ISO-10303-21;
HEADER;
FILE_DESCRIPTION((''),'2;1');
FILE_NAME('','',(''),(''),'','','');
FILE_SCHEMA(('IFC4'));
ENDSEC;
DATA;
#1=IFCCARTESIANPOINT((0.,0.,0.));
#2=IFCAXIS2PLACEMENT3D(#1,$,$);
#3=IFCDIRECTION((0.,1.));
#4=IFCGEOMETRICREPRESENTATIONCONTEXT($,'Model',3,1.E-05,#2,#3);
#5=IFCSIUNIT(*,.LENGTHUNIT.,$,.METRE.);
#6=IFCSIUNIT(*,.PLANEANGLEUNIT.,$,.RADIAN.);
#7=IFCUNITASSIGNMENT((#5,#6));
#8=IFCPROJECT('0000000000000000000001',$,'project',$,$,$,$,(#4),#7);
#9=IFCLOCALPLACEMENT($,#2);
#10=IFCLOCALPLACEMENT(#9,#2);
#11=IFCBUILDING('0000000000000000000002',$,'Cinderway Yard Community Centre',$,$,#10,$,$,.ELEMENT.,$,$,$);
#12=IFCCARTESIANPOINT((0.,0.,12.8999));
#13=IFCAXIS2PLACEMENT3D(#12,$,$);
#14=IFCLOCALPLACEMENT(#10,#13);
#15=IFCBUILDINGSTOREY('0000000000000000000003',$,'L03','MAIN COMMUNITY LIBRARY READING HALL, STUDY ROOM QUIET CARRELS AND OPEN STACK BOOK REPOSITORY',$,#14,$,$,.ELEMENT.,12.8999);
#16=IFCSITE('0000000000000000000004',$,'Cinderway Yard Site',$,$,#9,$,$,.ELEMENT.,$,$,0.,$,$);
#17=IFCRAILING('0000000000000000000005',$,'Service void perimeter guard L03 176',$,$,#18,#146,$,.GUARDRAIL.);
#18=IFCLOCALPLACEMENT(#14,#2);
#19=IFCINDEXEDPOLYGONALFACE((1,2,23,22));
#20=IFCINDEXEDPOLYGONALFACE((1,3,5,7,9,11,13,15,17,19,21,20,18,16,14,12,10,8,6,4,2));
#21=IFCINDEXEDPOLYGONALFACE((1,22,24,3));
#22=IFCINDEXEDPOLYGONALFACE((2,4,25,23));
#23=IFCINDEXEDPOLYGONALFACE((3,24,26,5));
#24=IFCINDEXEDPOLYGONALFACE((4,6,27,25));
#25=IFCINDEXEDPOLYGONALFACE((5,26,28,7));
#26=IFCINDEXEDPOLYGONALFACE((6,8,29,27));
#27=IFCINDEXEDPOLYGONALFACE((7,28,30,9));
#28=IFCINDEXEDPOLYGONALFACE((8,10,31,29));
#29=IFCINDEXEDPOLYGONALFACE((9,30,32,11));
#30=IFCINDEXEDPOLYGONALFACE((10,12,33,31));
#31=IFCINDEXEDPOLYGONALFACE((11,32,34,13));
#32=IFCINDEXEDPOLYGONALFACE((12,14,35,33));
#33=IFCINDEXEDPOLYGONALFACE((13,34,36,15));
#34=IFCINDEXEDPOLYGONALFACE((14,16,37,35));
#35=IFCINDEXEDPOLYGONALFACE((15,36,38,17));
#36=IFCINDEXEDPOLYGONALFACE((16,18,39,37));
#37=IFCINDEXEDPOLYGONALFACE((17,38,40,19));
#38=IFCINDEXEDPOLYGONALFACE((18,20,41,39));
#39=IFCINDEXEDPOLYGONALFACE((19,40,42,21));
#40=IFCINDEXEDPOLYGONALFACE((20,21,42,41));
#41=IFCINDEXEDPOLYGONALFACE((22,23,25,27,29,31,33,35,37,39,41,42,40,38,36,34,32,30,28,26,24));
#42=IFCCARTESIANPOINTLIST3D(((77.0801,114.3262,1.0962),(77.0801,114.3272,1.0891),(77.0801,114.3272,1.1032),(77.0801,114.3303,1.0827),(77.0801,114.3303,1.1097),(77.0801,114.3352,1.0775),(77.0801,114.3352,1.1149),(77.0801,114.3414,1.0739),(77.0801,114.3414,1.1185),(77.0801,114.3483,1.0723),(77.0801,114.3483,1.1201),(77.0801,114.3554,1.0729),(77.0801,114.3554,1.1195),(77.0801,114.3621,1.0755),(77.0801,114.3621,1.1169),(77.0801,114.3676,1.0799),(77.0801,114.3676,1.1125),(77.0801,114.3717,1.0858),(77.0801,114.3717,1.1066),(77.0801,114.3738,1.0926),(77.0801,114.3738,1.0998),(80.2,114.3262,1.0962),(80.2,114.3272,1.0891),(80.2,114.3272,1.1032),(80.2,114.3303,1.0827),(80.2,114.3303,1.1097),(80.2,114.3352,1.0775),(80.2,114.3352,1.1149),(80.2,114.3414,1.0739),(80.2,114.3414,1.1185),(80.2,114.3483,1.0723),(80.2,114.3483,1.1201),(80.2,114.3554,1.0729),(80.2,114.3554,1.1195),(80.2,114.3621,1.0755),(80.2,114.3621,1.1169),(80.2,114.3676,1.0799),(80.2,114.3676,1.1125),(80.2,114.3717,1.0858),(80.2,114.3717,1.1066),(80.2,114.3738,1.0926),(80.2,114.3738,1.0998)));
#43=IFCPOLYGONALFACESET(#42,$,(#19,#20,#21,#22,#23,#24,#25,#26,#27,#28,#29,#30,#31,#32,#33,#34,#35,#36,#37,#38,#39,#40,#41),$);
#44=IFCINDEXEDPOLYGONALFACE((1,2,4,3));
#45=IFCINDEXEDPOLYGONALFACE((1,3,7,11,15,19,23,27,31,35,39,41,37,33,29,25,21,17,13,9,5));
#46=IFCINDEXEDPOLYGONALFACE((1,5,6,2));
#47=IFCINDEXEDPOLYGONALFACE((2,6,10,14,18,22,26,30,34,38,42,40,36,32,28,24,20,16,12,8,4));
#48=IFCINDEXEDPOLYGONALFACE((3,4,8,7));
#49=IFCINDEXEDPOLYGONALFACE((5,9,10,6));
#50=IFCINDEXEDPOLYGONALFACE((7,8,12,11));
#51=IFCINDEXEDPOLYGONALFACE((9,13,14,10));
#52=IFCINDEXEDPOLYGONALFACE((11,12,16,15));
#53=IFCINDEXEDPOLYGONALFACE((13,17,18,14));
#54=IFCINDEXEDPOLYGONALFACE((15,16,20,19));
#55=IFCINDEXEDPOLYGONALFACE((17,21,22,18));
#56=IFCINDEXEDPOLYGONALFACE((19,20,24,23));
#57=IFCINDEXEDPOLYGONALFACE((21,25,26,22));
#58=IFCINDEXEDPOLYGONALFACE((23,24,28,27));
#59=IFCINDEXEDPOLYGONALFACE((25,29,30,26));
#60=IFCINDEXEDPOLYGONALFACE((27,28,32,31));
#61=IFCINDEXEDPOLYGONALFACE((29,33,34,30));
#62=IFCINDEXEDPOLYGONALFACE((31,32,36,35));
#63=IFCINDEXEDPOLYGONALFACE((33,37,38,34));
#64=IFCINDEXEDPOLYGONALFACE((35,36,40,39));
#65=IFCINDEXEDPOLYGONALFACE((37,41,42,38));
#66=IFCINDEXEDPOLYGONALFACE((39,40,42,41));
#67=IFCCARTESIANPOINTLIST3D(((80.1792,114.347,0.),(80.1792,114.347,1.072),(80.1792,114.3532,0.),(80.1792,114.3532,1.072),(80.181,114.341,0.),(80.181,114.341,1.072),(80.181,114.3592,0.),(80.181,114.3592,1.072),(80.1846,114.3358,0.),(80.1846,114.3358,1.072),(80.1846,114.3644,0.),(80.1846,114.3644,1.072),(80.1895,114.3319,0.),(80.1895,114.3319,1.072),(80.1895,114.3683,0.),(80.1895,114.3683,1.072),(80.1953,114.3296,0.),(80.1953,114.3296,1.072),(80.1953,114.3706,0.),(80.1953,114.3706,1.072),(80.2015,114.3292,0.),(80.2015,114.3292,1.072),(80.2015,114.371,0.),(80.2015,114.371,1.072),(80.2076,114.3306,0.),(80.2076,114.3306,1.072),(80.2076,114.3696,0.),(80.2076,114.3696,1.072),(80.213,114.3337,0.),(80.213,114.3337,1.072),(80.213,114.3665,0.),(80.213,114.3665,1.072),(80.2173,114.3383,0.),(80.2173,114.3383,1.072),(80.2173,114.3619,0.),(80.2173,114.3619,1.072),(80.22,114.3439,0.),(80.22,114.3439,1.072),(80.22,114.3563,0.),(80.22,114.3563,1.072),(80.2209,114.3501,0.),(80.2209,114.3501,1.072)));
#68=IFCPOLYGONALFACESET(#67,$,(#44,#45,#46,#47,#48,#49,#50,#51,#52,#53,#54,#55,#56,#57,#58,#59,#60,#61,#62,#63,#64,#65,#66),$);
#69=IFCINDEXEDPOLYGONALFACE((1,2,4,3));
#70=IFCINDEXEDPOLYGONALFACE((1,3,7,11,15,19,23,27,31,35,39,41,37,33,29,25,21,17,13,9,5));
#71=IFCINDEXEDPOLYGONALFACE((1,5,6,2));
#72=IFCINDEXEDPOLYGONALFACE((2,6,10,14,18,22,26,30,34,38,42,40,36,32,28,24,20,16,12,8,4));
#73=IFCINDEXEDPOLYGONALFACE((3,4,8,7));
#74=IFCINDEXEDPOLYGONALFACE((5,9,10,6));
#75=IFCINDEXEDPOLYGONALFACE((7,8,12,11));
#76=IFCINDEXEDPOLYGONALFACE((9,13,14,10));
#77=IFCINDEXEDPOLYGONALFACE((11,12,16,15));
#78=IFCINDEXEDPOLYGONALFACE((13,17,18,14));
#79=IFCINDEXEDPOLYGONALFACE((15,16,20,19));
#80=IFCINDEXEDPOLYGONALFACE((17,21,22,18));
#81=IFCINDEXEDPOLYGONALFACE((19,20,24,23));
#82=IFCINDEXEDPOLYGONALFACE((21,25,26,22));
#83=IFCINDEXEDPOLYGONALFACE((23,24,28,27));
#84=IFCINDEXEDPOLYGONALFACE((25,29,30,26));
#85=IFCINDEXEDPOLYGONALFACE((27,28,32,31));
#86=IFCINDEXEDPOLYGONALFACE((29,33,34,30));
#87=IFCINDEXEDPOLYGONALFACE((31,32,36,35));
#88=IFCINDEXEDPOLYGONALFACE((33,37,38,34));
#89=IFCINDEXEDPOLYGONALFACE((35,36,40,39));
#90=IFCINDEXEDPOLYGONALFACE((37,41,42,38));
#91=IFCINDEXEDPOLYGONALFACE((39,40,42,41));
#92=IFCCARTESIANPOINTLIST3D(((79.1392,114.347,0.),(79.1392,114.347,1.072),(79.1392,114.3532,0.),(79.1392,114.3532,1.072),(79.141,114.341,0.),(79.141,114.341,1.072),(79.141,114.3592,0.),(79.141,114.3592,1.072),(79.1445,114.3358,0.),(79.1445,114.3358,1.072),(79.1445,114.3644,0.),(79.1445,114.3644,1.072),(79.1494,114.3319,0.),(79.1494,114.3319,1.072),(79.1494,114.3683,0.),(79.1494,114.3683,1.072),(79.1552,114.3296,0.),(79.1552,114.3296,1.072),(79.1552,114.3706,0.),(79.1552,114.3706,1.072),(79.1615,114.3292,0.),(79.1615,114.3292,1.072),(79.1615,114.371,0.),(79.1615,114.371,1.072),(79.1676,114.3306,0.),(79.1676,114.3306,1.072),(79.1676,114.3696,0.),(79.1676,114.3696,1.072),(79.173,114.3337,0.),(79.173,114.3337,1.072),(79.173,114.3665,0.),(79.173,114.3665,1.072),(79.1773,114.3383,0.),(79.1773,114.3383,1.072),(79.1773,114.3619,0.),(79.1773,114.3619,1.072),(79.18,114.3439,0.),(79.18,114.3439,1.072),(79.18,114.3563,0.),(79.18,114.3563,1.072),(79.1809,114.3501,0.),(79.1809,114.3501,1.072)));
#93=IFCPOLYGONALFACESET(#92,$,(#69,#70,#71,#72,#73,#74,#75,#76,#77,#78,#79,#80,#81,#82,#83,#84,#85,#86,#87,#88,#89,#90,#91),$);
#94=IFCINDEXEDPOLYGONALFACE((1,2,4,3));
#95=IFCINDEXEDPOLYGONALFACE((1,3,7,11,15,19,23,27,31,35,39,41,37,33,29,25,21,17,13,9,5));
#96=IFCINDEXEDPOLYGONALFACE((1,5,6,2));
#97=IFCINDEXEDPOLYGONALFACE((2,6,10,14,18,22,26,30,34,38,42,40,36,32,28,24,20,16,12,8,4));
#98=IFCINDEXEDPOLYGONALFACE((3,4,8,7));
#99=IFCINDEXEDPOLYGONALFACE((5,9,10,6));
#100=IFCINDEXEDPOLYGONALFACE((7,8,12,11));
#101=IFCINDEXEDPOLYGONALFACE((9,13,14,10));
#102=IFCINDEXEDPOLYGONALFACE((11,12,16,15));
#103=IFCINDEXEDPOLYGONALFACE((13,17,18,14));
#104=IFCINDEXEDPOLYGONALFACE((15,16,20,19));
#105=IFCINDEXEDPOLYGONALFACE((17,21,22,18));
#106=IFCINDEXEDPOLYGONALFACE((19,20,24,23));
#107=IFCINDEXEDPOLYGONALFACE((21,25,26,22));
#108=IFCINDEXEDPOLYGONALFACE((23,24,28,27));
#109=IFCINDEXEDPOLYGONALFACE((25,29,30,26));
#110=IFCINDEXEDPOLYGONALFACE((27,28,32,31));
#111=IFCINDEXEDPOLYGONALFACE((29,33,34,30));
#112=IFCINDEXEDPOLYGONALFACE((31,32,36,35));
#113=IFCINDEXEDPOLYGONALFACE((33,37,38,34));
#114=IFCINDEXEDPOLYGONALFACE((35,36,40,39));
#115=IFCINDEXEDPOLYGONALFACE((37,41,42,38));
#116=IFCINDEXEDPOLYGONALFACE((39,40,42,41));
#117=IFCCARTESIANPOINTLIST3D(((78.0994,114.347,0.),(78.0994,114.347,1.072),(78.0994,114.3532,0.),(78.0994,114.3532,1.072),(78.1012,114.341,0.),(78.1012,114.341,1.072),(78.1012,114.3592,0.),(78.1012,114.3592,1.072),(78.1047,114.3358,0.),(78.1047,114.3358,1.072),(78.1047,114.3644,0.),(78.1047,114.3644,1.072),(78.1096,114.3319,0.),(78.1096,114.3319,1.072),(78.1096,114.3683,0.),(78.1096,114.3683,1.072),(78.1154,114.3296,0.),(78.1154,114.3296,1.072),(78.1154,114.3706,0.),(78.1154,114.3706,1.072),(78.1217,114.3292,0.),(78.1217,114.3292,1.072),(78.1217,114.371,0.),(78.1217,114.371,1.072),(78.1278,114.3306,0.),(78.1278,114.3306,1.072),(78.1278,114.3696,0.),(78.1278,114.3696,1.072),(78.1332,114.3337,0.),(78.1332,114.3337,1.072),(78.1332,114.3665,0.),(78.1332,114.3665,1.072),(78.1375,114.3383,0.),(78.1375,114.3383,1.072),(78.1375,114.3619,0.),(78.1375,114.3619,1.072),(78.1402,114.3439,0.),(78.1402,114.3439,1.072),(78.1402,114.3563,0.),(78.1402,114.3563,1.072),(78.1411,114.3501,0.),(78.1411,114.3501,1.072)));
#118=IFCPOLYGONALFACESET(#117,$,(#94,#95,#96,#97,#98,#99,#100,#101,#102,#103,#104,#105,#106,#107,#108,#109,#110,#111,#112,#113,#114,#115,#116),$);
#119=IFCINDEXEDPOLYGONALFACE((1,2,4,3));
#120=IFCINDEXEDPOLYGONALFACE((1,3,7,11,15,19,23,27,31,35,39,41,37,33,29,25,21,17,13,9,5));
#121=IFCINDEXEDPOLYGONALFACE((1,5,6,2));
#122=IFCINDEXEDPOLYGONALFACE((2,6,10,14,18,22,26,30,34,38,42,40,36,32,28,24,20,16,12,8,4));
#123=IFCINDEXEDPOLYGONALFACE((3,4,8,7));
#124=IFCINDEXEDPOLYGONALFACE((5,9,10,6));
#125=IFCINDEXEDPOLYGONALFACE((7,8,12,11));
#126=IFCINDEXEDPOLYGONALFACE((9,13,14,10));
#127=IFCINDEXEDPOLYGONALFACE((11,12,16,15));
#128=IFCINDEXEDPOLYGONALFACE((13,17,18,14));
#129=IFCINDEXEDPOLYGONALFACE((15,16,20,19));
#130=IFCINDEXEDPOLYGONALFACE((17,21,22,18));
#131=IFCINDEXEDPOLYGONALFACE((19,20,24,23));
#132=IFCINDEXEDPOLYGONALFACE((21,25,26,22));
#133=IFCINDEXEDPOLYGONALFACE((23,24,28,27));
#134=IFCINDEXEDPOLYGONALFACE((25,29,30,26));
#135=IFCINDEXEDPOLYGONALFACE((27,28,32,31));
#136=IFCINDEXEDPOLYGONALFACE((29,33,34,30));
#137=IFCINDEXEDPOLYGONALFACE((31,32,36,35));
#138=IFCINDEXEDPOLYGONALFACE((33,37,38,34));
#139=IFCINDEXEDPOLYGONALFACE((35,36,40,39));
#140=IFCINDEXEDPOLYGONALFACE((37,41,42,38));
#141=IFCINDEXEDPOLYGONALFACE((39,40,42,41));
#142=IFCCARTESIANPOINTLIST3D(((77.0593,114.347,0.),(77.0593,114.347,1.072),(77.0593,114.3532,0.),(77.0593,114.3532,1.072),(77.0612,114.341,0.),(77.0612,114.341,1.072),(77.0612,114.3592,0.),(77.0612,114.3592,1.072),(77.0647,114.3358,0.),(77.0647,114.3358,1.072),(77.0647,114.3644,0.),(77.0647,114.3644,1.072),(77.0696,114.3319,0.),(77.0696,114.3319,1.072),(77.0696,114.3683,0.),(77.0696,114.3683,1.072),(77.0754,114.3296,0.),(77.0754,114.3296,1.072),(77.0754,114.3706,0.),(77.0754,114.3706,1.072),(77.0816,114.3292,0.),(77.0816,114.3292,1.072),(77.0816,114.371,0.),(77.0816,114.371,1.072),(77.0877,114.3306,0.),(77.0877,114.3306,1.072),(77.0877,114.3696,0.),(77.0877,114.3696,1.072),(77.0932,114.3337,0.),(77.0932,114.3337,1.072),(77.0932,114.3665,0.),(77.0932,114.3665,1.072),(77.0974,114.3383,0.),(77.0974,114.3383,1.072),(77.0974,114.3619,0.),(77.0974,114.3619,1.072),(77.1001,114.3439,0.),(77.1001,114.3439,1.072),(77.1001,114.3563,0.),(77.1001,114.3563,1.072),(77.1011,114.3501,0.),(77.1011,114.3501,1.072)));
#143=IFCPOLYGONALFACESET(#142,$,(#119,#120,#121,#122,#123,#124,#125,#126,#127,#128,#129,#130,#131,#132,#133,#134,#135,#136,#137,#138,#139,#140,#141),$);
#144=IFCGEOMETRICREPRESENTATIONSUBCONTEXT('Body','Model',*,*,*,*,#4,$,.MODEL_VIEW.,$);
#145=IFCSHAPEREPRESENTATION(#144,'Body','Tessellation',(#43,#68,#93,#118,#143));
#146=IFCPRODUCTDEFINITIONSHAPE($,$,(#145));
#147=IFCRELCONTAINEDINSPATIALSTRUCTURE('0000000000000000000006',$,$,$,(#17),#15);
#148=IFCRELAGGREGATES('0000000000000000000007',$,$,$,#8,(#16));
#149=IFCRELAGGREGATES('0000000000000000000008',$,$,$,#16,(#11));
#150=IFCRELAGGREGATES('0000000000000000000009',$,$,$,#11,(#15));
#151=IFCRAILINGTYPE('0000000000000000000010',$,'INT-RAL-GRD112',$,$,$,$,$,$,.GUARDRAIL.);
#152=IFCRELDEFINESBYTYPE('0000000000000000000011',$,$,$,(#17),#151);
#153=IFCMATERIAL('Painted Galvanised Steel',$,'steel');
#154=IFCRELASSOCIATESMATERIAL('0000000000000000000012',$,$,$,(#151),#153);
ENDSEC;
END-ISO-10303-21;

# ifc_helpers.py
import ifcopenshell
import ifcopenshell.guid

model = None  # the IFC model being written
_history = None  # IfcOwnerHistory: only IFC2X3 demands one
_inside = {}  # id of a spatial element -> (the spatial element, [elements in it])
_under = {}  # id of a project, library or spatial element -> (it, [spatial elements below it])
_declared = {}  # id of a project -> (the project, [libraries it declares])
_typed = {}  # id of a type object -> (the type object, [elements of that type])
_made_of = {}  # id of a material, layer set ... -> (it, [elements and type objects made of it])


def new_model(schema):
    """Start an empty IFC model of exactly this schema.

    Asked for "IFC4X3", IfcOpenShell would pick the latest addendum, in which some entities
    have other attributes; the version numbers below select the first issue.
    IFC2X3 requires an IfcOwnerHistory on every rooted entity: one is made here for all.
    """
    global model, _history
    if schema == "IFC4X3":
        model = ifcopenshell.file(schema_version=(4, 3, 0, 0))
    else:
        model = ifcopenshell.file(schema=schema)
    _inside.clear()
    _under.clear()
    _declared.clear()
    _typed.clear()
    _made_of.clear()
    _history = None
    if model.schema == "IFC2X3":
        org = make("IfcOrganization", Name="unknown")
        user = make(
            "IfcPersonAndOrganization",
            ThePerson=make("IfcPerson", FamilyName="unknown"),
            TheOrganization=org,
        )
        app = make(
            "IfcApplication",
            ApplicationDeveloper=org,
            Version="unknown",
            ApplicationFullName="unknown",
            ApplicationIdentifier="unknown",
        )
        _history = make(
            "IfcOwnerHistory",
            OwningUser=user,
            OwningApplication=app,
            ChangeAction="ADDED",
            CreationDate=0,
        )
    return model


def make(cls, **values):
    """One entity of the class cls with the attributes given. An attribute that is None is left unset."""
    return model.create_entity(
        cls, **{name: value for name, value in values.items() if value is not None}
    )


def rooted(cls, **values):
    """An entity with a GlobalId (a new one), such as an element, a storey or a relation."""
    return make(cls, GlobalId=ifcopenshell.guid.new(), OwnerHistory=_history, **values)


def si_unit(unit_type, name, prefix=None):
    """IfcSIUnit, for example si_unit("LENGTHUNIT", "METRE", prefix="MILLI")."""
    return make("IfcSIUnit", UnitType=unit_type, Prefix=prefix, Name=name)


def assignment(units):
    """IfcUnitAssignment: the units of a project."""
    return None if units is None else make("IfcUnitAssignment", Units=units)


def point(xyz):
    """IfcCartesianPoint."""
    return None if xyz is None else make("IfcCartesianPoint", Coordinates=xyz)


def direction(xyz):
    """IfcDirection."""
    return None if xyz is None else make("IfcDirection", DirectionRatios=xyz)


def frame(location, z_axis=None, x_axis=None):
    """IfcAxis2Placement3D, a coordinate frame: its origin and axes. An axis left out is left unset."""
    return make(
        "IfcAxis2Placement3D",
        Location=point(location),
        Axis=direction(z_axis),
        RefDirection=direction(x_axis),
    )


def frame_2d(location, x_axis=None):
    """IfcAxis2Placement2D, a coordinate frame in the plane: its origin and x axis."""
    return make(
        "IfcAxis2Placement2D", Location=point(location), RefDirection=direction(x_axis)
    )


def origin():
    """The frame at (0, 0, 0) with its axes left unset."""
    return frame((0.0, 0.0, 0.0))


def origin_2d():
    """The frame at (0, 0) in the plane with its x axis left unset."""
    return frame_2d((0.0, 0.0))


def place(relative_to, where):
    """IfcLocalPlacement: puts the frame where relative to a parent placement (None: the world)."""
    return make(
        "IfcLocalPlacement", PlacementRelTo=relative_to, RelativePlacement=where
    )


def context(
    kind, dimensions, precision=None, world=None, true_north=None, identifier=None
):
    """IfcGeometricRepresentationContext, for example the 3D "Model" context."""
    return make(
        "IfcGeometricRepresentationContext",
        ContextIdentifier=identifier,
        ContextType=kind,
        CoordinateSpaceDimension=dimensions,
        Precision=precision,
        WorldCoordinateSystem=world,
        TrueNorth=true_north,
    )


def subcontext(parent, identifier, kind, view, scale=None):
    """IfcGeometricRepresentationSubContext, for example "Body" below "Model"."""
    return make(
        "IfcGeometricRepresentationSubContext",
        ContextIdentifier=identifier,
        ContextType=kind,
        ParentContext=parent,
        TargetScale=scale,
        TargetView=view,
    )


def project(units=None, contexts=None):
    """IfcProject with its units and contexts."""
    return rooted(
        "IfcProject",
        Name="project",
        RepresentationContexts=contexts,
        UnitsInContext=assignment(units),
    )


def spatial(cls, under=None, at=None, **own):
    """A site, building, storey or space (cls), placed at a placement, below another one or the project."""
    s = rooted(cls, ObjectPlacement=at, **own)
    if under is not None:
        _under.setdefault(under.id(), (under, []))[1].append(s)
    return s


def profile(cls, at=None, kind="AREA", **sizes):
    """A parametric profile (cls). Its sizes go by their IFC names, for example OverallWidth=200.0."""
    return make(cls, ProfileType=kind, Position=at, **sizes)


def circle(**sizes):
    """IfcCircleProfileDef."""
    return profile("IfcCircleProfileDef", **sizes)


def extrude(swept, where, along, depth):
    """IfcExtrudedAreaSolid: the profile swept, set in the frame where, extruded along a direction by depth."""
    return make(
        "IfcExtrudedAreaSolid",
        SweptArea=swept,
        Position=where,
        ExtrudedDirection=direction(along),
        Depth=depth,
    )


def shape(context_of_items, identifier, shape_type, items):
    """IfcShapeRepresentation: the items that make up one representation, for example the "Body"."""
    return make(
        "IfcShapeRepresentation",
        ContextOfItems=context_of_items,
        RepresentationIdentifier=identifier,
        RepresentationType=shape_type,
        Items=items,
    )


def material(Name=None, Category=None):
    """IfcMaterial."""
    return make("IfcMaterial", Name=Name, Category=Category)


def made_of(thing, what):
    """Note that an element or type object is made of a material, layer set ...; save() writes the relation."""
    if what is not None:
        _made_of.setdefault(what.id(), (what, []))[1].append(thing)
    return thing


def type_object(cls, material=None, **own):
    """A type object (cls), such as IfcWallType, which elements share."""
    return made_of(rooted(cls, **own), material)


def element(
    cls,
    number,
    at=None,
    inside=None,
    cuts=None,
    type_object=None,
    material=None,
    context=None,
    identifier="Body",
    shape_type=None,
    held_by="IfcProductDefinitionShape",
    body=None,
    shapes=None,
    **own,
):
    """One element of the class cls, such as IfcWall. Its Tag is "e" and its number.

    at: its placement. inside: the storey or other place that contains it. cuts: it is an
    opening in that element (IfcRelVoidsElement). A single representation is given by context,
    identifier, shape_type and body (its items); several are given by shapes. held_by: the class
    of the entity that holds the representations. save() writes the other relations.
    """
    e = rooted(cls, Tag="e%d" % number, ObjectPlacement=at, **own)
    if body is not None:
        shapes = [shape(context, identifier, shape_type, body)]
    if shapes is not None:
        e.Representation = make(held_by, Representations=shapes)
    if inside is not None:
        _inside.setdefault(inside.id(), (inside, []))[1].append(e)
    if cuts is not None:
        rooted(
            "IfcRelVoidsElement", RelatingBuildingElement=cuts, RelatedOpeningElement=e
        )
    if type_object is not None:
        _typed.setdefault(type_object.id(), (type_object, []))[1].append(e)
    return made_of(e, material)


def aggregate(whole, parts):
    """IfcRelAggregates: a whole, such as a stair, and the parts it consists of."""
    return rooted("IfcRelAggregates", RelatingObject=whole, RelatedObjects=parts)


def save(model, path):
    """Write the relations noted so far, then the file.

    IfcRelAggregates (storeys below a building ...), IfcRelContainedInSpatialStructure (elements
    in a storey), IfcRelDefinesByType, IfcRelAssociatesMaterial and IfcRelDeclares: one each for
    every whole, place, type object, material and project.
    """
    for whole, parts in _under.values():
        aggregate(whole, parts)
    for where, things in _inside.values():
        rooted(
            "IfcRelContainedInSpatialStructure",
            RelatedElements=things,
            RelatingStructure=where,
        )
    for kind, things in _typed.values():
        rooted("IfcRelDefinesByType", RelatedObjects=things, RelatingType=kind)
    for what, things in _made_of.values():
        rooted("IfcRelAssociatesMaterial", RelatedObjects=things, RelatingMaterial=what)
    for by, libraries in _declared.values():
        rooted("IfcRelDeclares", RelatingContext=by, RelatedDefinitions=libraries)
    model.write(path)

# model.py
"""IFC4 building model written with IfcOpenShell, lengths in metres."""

from ifc_helpers import new_model, si_unit, direction, frame, origin, origin_2d, place, context, subcontext, project, spatial, circle, extrude, material, type_object, element, save


model = new_model("IFC4")

# Units and contexts
model_context = context("Model", 3, precision=1e-05, world=origin(), true_north=direction((0.0, 1.0)))
body_context = subcontext(model_context, "Body", "Model", "MODEL_VIEW")
ifc_project = project(units=[si_unit("LENGTHUNIT", "METRE"), si_unit("PLANEANGLEUNIT", "RADIAN")], contexts=[model_context])

# Site, building, storey
site_placement = place(None, origin())
site = spatial("IfcSite", under=ifc_project, at=site_placement, Name="Cinderway Yard Site", CompositionType="ELEMENT", RefElevation=0.0)
building_placement = place(site_placement, origin())
building = spatial("IfcBuilding", under=site, at=building_placement, Name="Cinderway Yard Community Centre", CompositionType="ELEMENT")
storey_placement = place(building_placement, frame((0.0, 0.0, 12.8999)))
storey = spatial("IfcBuildingStorey", under=building, at=storey_placement, Name="L03", Description="MAIN COMMUNITY LIBRARY READING HALL, STUDY ROOM QUIET CARRELS AND OPEN STACK BOOK REPOSITORY", CompositionType="ELEMENT", Elevation=12.8999)

# Shared definitions
ifc_material_1 = material(Name="Painted Galvanised Steel", Category="steel")

# Railing
railing_type = type_object("IfcRailingType", Name="INT-RAL-GRD112", PredefinedType="GUARDRAIL", material=ifc_material_1)
railing_1_placement = place(storey_placement, frame((80.2, 114.3501, 0.0)))
element("IfcRailing", 1, at=railing_1_placement, inside=storey, type_object=railing_type, Name="Service void perimeter guard L03 176", PredefinedType="GUARDRAIL", context=body_context, shape_type="SweptSolid", body=[
    extrude(circle(Radius=0.0239, at=origin_2d()), frame((0.0, 0.0, 1.0962), z_axis=(-1.0, 0.0, 0.0), x_axis=(0.0, -1.0, 0.0)), (0.0, 0.0, 1.0), 3.1199),
    extrude(circle(Radius=0.021, at=origin_2d()), origin(), (0.0, 0.0, 1.0), 1.072),
    extrude(circle(Radius=0.021, at=origin_2d()), frame((-1.04, 0.0, 0.0)), (0.0, 0.0, 1.0), 1.072),
    extrude(circle(Radius=0.021, at=origin_2d()), frame((-2.0798, 0.0, 0.0)), (0.0, 0.0, 1.0), 1.072),
    extrude(circle(Radius=0.021, at=origin_2d()), frame((-3.1199, 0.0, 0.0)), (0.0, 0.0, 1.0), 1.072),
])

save(model, "model.ifc")
